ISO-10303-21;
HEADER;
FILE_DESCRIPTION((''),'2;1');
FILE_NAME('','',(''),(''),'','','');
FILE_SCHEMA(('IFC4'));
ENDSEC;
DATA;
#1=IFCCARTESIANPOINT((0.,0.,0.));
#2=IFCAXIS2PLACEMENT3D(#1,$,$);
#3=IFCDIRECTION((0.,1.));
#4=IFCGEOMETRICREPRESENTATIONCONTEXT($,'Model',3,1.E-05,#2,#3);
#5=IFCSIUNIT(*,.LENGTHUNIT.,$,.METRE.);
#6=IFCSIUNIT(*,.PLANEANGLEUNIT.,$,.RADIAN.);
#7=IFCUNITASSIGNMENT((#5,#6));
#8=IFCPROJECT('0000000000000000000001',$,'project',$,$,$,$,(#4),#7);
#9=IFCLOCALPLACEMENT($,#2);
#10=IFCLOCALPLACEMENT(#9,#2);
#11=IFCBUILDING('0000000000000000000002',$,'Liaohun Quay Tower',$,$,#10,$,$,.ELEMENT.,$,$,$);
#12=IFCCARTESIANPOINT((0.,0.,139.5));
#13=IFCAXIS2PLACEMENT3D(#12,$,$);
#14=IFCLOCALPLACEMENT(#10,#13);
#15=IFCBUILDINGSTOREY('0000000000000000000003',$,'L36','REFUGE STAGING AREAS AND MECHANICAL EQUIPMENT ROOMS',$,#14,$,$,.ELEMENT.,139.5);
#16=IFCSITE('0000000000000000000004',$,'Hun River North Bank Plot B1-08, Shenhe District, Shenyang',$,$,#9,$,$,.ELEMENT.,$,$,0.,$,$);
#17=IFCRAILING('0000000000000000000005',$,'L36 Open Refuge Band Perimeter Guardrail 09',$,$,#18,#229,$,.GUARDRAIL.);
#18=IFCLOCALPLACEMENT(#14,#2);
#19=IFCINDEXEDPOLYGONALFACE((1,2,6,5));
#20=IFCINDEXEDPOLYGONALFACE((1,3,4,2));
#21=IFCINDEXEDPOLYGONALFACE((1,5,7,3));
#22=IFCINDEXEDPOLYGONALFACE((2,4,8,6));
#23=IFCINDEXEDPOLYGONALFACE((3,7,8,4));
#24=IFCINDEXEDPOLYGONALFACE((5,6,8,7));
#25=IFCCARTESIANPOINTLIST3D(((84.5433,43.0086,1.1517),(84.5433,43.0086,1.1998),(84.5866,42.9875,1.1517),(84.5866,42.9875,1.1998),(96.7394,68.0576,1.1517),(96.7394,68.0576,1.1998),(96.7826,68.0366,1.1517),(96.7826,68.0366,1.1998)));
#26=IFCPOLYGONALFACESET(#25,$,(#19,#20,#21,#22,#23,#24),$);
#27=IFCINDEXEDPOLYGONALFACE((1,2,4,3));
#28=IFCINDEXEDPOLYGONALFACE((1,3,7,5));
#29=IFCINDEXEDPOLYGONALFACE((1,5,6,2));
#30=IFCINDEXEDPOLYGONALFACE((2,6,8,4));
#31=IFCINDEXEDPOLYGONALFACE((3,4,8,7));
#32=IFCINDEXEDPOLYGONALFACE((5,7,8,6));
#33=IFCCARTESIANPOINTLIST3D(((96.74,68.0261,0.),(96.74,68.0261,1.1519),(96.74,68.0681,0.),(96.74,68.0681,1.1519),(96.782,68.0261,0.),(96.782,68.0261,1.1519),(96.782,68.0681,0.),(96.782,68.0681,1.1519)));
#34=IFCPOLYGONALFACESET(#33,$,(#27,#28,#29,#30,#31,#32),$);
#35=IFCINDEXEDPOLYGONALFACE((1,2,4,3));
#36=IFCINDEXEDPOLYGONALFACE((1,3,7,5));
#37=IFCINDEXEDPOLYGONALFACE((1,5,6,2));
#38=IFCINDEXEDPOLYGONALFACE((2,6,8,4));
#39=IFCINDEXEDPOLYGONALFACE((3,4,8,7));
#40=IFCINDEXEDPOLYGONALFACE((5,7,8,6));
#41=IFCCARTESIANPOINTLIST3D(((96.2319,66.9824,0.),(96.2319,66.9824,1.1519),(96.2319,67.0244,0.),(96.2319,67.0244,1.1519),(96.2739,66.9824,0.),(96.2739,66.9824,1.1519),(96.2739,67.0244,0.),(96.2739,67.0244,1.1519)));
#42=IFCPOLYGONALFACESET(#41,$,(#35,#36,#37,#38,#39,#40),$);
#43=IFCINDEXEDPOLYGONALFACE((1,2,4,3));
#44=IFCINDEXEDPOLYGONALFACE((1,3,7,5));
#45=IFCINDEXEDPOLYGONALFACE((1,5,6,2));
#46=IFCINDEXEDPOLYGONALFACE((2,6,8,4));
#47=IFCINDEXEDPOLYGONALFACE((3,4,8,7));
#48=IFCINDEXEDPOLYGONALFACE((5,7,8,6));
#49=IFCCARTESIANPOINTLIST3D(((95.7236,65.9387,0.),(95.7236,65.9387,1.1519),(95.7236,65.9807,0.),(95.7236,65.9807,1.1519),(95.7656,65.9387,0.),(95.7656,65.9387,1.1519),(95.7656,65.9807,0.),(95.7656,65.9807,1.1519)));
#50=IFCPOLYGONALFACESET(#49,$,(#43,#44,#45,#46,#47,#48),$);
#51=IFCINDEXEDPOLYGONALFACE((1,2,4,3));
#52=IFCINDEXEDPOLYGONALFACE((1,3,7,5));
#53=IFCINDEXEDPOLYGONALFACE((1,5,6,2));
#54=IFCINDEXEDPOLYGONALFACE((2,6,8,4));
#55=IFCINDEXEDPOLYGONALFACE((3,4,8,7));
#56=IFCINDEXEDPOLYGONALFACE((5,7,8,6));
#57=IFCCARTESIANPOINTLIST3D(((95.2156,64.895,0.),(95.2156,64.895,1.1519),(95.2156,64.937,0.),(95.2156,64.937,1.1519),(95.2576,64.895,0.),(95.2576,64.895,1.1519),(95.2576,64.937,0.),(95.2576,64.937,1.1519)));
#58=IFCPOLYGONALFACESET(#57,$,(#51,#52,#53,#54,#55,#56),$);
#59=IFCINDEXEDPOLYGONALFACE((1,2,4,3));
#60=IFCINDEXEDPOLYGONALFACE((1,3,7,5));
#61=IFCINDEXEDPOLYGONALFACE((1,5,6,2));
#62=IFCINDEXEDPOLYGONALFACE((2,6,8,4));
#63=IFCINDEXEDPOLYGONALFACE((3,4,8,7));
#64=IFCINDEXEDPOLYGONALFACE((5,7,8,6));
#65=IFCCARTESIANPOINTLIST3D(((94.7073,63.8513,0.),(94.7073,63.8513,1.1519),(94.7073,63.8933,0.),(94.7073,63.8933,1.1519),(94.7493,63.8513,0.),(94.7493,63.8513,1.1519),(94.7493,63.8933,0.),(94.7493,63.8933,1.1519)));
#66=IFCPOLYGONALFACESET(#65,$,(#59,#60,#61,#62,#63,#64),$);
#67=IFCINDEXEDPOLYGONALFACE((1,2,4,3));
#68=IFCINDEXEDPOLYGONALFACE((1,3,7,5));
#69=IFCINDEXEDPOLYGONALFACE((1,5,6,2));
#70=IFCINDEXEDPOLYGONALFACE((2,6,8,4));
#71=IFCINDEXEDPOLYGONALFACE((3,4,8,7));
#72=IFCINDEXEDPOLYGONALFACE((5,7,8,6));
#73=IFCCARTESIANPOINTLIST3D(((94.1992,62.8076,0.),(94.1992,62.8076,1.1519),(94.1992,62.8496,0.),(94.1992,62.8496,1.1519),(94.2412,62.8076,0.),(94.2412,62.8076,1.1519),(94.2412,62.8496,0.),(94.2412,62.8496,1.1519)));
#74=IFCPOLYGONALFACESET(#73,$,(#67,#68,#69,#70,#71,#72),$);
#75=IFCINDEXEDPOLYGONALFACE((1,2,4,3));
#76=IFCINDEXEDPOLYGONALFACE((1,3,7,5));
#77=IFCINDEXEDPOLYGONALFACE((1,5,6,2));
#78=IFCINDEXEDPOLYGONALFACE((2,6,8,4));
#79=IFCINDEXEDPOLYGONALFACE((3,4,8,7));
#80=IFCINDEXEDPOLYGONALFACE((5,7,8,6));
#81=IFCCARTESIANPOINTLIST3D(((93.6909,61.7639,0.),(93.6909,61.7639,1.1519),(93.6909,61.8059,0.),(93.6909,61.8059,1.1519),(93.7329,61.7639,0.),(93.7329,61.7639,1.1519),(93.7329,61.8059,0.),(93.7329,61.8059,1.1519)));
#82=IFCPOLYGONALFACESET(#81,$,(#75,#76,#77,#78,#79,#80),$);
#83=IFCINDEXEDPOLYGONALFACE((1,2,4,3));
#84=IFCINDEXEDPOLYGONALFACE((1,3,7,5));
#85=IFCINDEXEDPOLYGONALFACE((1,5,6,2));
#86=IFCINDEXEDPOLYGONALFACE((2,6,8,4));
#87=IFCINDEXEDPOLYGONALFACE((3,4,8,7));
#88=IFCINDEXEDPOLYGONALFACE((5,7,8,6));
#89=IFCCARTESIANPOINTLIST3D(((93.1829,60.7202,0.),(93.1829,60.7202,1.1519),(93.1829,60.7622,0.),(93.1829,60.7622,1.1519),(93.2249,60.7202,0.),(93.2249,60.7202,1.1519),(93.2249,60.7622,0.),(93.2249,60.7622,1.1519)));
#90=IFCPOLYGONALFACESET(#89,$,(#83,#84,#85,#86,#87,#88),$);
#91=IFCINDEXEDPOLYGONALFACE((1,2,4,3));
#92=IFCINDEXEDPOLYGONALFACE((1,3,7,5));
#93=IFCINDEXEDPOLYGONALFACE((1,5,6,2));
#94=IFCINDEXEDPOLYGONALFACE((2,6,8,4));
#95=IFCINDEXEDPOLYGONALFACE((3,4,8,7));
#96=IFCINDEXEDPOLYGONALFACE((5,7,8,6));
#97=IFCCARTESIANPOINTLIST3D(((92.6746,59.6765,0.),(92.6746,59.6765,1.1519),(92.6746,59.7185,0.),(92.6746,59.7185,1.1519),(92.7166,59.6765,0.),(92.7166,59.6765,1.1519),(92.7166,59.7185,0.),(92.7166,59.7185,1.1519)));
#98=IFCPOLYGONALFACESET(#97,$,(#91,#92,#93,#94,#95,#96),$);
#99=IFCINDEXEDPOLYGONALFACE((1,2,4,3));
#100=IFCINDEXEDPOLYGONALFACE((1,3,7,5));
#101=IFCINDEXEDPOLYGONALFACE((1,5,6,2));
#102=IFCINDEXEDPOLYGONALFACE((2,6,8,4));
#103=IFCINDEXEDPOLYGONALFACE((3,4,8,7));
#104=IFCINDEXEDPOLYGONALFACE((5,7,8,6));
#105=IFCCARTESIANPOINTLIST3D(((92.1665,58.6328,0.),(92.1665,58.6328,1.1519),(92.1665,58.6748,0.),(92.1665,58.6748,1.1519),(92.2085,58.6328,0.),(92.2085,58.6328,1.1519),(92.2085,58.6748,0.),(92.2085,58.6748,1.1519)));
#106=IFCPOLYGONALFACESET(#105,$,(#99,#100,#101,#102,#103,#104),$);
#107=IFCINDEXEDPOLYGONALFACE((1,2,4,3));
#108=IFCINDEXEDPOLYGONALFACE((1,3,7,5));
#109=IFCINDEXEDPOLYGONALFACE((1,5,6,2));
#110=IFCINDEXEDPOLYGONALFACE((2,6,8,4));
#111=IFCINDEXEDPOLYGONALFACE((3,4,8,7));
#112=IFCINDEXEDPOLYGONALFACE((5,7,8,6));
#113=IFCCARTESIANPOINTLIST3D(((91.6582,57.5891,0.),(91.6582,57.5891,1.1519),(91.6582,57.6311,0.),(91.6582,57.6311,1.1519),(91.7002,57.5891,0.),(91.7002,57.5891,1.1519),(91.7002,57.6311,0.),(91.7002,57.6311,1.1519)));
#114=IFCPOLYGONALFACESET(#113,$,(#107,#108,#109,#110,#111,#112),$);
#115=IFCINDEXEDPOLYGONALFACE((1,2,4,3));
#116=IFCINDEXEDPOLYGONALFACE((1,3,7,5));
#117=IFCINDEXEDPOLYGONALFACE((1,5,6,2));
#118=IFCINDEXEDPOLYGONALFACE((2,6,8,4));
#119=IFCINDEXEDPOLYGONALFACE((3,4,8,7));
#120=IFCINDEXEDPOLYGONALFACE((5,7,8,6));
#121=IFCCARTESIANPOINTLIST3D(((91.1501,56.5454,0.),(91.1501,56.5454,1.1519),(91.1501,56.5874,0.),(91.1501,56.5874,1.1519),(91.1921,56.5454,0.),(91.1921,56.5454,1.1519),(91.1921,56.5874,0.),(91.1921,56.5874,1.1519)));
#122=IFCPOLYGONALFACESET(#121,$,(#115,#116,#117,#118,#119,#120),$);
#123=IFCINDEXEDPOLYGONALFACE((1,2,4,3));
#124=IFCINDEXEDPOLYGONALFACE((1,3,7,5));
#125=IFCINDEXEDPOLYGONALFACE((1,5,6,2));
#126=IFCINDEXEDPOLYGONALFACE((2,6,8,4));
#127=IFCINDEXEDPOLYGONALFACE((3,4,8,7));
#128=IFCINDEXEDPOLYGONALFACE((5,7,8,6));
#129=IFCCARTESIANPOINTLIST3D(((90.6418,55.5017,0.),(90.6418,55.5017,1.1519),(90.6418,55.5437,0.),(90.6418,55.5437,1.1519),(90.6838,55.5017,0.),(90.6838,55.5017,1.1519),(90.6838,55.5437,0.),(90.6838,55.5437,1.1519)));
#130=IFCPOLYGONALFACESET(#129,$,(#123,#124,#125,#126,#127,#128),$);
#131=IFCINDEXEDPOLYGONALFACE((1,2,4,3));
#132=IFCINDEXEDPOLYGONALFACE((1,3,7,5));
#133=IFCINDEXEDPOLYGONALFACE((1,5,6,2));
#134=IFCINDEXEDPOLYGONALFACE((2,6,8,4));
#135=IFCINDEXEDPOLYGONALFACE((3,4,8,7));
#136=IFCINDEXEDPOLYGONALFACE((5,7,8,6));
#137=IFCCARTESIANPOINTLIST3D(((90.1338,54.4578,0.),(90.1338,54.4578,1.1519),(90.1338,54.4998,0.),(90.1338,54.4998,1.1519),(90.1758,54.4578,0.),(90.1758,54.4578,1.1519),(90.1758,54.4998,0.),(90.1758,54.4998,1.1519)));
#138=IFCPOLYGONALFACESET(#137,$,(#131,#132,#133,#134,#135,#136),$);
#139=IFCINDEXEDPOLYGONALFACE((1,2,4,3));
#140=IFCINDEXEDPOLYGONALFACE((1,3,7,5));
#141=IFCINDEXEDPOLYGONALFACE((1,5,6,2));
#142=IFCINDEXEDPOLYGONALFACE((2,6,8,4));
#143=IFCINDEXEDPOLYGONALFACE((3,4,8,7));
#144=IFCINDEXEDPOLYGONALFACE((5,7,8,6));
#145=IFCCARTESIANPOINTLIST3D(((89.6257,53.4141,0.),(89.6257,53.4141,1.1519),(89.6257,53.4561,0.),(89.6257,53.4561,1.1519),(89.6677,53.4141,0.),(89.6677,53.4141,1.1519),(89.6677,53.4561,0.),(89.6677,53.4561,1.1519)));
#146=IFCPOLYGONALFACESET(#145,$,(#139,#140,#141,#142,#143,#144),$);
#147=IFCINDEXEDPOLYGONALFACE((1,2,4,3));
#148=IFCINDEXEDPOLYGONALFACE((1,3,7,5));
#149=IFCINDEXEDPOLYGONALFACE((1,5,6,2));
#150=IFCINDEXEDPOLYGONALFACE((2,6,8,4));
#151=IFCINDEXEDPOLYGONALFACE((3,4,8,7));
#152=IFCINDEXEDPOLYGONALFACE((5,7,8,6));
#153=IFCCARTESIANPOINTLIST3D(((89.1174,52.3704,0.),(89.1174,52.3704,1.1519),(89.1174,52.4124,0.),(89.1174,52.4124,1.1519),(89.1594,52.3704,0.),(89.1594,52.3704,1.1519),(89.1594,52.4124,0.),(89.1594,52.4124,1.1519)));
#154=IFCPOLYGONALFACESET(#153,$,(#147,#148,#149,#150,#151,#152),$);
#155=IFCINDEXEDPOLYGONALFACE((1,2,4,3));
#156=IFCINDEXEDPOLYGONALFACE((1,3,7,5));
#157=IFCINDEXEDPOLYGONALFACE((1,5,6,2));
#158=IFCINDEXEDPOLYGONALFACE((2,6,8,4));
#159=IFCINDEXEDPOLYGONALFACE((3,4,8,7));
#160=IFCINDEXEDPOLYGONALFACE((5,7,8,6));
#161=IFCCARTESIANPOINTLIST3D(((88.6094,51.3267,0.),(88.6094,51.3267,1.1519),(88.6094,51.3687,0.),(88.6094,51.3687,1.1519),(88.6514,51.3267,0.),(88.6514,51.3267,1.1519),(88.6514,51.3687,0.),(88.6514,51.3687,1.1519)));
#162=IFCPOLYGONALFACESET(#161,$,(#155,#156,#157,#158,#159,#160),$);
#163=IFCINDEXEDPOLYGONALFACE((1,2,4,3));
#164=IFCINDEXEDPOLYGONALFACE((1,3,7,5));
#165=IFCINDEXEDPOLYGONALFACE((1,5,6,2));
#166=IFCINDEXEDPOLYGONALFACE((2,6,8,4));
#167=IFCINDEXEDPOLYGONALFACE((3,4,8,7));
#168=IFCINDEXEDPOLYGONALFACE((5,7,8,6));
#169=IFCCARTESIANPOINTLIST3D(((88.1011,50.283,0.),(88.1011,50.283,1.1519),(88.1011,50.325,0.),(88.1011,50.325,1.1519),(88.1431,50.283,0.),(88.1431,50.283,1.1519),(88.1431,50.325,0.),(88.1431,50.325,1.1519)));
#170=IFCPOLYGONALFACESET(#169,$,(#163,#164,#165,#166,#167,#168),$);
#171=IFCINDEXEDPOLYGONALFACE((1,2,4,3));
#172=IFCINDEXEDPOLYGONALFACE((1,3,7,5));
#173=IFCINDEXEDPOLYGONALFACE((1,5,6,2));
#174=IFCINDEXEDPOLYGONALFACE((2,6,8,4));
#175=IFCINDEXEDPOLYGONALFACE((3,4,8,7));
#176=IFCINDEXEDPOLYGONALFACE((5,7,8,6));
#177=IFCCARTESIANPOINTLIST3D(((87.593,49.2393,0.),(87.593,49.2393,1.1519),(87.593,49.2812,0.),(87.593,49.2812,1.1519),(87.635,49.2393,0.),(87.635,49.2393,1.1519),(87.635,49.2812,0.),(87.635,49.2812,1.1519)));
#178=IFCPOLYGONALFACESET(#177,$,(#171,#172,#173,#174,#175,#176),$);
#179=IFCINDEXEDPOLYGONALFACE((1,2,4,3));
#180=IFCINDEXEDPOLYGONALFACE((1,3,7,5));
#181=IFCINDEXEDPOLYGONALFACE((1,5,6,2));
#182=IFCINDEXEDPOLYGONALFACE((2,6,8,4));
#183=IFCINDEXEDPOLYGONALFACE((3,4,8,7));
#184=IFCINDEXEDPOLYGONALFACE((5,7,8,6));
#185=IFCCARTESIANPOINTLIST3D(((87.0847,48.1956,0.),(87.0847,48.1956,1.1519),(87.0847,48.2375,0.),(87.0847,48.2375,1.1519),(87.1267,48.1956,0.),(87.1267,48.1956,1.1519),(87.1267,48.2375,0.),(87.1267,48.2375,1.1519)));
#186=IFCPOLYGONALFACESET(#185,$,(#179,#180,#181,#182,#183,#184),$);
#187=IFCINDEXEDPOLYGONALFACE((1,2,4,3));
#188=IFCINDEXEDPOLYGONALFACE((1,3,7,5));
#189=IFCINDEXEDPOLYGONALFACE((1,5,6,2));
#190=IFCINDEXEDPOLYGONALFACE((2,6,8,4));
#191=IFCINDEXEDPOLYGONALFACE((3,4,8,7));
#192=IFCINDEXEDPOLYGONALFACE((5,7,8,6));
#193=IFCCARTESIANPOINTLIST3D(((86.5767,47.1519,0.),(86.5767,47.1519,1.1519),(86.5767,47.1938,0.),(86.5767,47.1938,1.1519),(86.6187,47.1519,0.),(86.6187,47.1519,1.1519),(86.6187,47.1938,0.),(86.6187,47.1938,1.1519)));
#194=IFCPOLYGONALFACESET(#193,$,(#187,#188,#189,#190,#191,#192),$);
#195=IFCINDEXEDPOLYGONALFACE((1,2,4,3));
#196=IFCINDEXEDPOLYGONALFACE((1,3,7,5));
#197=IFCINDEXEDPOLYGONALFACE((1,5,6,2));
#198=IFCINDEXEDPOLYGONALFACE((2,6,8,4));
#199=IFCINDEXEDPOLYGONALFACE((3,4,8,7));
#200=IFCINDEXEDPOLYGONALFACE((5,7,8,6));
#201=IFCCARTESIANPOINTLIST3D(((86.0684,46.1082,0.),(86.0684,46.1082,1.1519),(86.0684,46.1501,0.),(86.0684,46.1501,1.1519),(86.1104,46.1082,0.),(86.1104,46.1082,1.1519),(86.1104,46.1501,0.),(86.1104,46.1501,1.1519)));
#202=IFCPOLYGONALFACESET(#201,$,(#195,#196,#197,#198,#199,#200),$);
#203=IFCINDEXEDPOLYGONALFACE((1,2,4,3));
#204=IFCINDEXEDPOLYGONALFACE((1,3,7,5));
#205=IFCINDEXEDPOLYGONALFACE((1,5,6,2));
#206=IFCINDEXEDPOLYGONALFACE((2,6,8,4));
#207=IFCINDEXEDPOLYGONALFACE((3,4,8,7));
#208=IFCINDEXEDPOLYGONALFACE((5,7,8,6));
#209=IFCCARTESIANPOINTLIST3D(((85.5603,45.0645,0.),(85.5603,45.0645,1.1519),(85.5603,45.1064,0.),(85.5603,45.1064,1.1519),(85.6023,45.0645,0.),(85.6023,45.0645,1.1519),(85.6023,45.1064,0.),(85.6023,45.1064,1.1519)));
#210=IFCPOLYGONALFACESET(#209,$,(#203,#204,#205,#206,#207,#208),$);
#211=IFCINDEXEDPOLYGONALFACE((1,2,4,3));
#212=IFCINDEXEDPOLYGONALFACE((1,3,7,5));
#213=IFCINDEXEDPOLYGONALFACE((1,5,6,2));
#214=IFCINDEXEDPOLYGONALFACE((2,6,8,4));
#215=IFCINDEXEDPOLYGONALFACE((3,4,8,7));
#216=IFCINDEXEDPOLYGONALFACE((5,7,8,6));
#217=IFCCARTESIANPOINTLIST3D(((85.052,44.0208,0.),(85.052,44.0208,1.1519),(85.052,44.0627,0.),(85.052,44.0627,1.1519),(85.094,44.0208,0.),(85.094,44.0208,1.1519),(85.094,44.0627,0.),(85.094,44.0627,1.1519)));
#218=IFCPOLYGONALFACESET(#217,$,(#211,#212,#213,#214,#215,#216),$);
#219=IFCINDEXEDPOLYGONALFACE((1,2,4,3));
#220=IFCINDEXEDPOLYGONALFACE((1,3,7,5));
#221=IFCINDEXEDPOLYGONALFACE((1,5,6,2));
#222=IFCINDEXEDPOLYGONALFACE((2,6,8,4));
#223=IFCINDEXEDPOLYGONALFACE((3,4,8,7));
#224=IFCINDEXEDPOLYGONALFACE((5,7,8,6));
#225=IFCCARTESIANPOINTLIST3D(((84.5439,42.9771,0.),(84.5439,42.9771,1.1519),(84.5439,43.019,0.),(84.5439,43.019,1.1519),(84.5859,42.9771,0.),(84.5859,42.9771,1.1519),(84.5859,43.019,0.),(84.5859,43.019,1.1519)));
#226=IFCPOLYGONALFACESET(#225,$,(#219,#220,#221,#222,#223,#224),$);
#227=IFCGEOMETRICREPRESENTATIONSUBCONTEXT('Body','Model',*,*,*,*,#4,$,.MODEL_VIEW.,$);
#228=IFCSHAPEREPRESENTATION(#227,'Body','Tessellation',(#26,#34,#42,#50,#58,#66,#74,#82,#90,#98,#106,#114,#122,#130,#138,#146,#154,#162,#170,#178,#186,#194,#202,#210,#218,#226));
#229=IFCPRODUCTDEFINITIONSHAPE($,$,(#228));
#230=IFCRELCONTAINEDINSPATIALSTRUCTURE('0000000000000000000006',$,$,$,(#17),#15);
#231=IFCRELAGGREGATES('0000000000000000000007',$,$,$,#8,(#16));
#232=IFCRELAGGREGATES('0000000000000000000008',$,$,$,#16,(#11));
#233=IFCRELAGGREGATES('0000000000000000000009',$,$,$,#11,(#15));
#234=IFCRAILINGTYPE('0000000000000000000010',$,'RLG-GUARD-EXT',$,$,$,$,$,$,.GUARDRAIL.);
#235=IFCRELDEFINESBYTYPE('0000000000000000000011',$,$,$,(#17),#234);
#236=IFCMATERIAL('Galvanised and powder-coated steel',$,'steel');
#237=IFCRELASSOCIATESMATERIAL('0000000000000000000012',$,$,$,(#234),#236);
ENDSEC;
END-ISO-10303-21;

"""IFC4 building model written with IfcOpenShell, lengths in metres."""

from ifc_helpers import new_model, si_unit, direction, frame, origin, origin_2d, place, context, subcontext, project, spatial, rectangle, extrude, material, type_object, element, save


model = new_model("IFC4")

# Units and contexts
model_context = context("Model", 3, precision=1e-05, world=origin(), true_north=direction((0.0, 1.0)))
body_context = subcontext(model_context, "Body", "Model", "MODEL_VIEW")
ifc_project = project(units=[si_unit("LENGTHUNIT", "METRE"), si_unit("PLANEANGLEUNIT", "RADIAN")], contexts=[model_context])

# Site, building, storey
site_placement = place(None, origin())
site = spatial("IfcSite", under=ifc_project, at=site_placement, Name="Hun River North Bank Plot B1-08, Shenhe District, Shenyang", CompositionType="ELEMENT", RefElevation=0.0)
building_placement = place(site_placement, origin())
building = spatial("IfcBuilding", under=site, at=building_placement, Name="Liaohun Quay Tower", CompositionType="ELEMENT")
storey_placement = place(building_placement, frame((0.0, 0.0, 139.5)))
storey = spatial("IfcBuildingStorey", under=building, at=storey_placement, Name="L36", Description="REFUGE STAGING AREAS AND MECHANICAL EQUIPMENT ROOMS", CompositionType="ELEMENT", Elevation=139.5)

# Railing
ifc_material_1 = material(Name="Galvanised and powder-coated steel", Category="steel")
railing_type = type_object("IfcRailingType", Name="RLG-GUARD-EXT", PredefinedType="GUARDRAIL", material=ifc_material_1)
railing_1_placement = place(storey_placement, frame((96.761, 68.0471, 0.0)))
element("IfcRailing", 1, at=railing_1_placement, inside=storey, type_object=railing_type, Name="L36 Open Refuge Band Perimeter Guardrail 09", PredefinedType="GUARDRAIL", context=body_context, shape_type="SweptSolid", body=[
    extrude(rectangle(XDim=0.0481, YDim=0.0481, at=origin_2d()), frame((0.0, 0.0, 1.1758), z_axis=(-0.437756, -0.899094, 0.0), x_axis=(0.899094, -0.437756, 0.0)), (0.0, 0.0, 1.0), 27.8604),
    extrude(rectangle(XDim=0.042, YDim=0.042, at=origin_2d()), origin(), (0.0, 0.0, 1.0), 1.1519),
    extrude(rectangle(XDim=0.042, YDim=0.042, at=origin_2d()), frame((-0.5081, -1.0437, 0.0)), (0.0, 0.0, 1.0), 1.1519),
    extrude(rectangle(XDim=0.042, YDim=0.042, at=origin_2d()), frame((-1.0164, -2.0874, 0.0)), (0.0, 0.0, 1.0), 1.1519),
    extrude(rectangle(XDim=0.042, YDim=0.042, at=origin_2d()), frame((-1.5244, -3.1311, 0.0)), (0.0, 0.0, 1.0), 1.1519),
    extrude(rectangle(XDim=0.042, YDim=0.042, at=origin_2d()), frame((-2.0327, -4.1748, 0.0)), (0.0, 0.0, 1.0), 1.1519),
    extrude(rectangle(XDim=0.042, YDim=0.042, at=origin_2d()), frame((-2.5408, -5.2185, 0.0)), (0.0, 0.0, 1.0), 1.1519),
    extrude(rectangle(XDim=0.042, YDim=0.042, at=origin_2d()), frame((-3.0491, -6.2622, 0.0)), (0.0, 0.0, 1.0), 1.1519),
    extrude(rectangle(XDim=0.042, YDim=0.042, at=origin_2d()), frame((-3.5571, -7.3059, 0.0)), (0.0, 0.0, 1.0), 1.1519),
    extrude(rectangle(XDim=0.042, YDim=0.042, at=origin_2d()), frame((-4.0654, -8.3496, 0.0)), (0.0, 0.0, 1.0), 1.1519),
    extrude(rectangle(XDim=0.042, YDim=0.042, at=origin_2d()), frame((-4.5735, -9.3933, 0.0)), (0.0, 0.0, 1.0), 1.1519),
    extrude(rectangle(XDim=0.042, YDim=0.042, at=origin_2d()), frame((-5.0818, -10.437, 0.0)), (0.0, 0.0, 1.0), 1.1519),
    extrude(rectangle(XDim=0.042, YDim=0.042, at=origin_2d()), frame((-5.5898, -11.4807, 0.0)), (0.0, 0.0, 1.0), 1.1519),
    extrude(rectangle(XDim=0.042, YDim=0.042, at=origin_2d()), frame((-6.0981, -12.5244, 0.0)), (0.0, 0.0, 1.0), 1.1519),
    extrude(rectangle(XDim=0.042, YDim=0.042, at=origin_2d()), frame((-6.6062, -13.5684, 0.0)), (0.0, 0.0, 1.0), 1.1519),
    extrude(rectangle(XDim=0.042, YDim=0.042, at=origin_2d()), frame((-7.1143, -14.6121, 0.0)), (0.0, 0.0, 1.0), 1.1519),
    extrude(rectangle(XDim=0.042, YDim=0.042, at=origin_2d()), frame((-7.6226, -15.6558, 0.0)), (0.0, 0.0, 1.0), 1.1519),
    extrude(rectangle(XDim=0.042, YDim=0.042, at=origin_2d()), frame((-8.1306, -16.6995, 0.0)), (0.0, 0.0, 1.0), 1.1519),
    extrude(rectangle(XDim=0.042, YDim=0.042, at=origin_2d()), frame((-8.6389, -17.7432, 0.0)), (0.0, 0.0, 1.0), 1.1519),
    extrude(rectangle(XDim=0.042, YDim=0.042, at=origin_2d()), frame((-9.147, -18.7869, 0.0)), (0.0, 0.0, 1.0), 1.1519),
    extrude(rectangle(XDim=0.042, YDim=0.042, at=origin_2d()), frame((-9.6553, -19.8306, 0.0)), (0.0, 0.0, 1.0), 1.1519),
    extrude(rectangle(XDim=0.042, YDim=0.042, at=origin_2d()), frame((-10.1633, -20.8743, 0.0)), (0.0, 0.0, 1.0), 1.1519),
    extrude(rectangle(XDim=0.042, YDim=0.042, at=origin_2d()), frame((-10.6716, -21.918, 0.0)), (0.0, 0.0, 1.0), 1.1519),
    extrude(rectangle(XDim=0.042, YDim=0.042, at=origin_2d()), frame((-11.1797, -22.9617, 0.0)), (0.0, 0.0, 1.0), 1.1519),
    extrude(rectangle(XDim=0.042, YDim=0.042, at=origin_2d()), frame((-11.688, -24.0054, 0.0)), (0.0, 0.0, 1.0), 1.1519),
    extrude(rectangle(XDim=0.042, YDim=0.042, at=origin_2d()), frame((-12.196, -25.0491, 0.0)), (0.0, 0.0, 1.0), 1.1519),
])

save(model, "model.ifc")
